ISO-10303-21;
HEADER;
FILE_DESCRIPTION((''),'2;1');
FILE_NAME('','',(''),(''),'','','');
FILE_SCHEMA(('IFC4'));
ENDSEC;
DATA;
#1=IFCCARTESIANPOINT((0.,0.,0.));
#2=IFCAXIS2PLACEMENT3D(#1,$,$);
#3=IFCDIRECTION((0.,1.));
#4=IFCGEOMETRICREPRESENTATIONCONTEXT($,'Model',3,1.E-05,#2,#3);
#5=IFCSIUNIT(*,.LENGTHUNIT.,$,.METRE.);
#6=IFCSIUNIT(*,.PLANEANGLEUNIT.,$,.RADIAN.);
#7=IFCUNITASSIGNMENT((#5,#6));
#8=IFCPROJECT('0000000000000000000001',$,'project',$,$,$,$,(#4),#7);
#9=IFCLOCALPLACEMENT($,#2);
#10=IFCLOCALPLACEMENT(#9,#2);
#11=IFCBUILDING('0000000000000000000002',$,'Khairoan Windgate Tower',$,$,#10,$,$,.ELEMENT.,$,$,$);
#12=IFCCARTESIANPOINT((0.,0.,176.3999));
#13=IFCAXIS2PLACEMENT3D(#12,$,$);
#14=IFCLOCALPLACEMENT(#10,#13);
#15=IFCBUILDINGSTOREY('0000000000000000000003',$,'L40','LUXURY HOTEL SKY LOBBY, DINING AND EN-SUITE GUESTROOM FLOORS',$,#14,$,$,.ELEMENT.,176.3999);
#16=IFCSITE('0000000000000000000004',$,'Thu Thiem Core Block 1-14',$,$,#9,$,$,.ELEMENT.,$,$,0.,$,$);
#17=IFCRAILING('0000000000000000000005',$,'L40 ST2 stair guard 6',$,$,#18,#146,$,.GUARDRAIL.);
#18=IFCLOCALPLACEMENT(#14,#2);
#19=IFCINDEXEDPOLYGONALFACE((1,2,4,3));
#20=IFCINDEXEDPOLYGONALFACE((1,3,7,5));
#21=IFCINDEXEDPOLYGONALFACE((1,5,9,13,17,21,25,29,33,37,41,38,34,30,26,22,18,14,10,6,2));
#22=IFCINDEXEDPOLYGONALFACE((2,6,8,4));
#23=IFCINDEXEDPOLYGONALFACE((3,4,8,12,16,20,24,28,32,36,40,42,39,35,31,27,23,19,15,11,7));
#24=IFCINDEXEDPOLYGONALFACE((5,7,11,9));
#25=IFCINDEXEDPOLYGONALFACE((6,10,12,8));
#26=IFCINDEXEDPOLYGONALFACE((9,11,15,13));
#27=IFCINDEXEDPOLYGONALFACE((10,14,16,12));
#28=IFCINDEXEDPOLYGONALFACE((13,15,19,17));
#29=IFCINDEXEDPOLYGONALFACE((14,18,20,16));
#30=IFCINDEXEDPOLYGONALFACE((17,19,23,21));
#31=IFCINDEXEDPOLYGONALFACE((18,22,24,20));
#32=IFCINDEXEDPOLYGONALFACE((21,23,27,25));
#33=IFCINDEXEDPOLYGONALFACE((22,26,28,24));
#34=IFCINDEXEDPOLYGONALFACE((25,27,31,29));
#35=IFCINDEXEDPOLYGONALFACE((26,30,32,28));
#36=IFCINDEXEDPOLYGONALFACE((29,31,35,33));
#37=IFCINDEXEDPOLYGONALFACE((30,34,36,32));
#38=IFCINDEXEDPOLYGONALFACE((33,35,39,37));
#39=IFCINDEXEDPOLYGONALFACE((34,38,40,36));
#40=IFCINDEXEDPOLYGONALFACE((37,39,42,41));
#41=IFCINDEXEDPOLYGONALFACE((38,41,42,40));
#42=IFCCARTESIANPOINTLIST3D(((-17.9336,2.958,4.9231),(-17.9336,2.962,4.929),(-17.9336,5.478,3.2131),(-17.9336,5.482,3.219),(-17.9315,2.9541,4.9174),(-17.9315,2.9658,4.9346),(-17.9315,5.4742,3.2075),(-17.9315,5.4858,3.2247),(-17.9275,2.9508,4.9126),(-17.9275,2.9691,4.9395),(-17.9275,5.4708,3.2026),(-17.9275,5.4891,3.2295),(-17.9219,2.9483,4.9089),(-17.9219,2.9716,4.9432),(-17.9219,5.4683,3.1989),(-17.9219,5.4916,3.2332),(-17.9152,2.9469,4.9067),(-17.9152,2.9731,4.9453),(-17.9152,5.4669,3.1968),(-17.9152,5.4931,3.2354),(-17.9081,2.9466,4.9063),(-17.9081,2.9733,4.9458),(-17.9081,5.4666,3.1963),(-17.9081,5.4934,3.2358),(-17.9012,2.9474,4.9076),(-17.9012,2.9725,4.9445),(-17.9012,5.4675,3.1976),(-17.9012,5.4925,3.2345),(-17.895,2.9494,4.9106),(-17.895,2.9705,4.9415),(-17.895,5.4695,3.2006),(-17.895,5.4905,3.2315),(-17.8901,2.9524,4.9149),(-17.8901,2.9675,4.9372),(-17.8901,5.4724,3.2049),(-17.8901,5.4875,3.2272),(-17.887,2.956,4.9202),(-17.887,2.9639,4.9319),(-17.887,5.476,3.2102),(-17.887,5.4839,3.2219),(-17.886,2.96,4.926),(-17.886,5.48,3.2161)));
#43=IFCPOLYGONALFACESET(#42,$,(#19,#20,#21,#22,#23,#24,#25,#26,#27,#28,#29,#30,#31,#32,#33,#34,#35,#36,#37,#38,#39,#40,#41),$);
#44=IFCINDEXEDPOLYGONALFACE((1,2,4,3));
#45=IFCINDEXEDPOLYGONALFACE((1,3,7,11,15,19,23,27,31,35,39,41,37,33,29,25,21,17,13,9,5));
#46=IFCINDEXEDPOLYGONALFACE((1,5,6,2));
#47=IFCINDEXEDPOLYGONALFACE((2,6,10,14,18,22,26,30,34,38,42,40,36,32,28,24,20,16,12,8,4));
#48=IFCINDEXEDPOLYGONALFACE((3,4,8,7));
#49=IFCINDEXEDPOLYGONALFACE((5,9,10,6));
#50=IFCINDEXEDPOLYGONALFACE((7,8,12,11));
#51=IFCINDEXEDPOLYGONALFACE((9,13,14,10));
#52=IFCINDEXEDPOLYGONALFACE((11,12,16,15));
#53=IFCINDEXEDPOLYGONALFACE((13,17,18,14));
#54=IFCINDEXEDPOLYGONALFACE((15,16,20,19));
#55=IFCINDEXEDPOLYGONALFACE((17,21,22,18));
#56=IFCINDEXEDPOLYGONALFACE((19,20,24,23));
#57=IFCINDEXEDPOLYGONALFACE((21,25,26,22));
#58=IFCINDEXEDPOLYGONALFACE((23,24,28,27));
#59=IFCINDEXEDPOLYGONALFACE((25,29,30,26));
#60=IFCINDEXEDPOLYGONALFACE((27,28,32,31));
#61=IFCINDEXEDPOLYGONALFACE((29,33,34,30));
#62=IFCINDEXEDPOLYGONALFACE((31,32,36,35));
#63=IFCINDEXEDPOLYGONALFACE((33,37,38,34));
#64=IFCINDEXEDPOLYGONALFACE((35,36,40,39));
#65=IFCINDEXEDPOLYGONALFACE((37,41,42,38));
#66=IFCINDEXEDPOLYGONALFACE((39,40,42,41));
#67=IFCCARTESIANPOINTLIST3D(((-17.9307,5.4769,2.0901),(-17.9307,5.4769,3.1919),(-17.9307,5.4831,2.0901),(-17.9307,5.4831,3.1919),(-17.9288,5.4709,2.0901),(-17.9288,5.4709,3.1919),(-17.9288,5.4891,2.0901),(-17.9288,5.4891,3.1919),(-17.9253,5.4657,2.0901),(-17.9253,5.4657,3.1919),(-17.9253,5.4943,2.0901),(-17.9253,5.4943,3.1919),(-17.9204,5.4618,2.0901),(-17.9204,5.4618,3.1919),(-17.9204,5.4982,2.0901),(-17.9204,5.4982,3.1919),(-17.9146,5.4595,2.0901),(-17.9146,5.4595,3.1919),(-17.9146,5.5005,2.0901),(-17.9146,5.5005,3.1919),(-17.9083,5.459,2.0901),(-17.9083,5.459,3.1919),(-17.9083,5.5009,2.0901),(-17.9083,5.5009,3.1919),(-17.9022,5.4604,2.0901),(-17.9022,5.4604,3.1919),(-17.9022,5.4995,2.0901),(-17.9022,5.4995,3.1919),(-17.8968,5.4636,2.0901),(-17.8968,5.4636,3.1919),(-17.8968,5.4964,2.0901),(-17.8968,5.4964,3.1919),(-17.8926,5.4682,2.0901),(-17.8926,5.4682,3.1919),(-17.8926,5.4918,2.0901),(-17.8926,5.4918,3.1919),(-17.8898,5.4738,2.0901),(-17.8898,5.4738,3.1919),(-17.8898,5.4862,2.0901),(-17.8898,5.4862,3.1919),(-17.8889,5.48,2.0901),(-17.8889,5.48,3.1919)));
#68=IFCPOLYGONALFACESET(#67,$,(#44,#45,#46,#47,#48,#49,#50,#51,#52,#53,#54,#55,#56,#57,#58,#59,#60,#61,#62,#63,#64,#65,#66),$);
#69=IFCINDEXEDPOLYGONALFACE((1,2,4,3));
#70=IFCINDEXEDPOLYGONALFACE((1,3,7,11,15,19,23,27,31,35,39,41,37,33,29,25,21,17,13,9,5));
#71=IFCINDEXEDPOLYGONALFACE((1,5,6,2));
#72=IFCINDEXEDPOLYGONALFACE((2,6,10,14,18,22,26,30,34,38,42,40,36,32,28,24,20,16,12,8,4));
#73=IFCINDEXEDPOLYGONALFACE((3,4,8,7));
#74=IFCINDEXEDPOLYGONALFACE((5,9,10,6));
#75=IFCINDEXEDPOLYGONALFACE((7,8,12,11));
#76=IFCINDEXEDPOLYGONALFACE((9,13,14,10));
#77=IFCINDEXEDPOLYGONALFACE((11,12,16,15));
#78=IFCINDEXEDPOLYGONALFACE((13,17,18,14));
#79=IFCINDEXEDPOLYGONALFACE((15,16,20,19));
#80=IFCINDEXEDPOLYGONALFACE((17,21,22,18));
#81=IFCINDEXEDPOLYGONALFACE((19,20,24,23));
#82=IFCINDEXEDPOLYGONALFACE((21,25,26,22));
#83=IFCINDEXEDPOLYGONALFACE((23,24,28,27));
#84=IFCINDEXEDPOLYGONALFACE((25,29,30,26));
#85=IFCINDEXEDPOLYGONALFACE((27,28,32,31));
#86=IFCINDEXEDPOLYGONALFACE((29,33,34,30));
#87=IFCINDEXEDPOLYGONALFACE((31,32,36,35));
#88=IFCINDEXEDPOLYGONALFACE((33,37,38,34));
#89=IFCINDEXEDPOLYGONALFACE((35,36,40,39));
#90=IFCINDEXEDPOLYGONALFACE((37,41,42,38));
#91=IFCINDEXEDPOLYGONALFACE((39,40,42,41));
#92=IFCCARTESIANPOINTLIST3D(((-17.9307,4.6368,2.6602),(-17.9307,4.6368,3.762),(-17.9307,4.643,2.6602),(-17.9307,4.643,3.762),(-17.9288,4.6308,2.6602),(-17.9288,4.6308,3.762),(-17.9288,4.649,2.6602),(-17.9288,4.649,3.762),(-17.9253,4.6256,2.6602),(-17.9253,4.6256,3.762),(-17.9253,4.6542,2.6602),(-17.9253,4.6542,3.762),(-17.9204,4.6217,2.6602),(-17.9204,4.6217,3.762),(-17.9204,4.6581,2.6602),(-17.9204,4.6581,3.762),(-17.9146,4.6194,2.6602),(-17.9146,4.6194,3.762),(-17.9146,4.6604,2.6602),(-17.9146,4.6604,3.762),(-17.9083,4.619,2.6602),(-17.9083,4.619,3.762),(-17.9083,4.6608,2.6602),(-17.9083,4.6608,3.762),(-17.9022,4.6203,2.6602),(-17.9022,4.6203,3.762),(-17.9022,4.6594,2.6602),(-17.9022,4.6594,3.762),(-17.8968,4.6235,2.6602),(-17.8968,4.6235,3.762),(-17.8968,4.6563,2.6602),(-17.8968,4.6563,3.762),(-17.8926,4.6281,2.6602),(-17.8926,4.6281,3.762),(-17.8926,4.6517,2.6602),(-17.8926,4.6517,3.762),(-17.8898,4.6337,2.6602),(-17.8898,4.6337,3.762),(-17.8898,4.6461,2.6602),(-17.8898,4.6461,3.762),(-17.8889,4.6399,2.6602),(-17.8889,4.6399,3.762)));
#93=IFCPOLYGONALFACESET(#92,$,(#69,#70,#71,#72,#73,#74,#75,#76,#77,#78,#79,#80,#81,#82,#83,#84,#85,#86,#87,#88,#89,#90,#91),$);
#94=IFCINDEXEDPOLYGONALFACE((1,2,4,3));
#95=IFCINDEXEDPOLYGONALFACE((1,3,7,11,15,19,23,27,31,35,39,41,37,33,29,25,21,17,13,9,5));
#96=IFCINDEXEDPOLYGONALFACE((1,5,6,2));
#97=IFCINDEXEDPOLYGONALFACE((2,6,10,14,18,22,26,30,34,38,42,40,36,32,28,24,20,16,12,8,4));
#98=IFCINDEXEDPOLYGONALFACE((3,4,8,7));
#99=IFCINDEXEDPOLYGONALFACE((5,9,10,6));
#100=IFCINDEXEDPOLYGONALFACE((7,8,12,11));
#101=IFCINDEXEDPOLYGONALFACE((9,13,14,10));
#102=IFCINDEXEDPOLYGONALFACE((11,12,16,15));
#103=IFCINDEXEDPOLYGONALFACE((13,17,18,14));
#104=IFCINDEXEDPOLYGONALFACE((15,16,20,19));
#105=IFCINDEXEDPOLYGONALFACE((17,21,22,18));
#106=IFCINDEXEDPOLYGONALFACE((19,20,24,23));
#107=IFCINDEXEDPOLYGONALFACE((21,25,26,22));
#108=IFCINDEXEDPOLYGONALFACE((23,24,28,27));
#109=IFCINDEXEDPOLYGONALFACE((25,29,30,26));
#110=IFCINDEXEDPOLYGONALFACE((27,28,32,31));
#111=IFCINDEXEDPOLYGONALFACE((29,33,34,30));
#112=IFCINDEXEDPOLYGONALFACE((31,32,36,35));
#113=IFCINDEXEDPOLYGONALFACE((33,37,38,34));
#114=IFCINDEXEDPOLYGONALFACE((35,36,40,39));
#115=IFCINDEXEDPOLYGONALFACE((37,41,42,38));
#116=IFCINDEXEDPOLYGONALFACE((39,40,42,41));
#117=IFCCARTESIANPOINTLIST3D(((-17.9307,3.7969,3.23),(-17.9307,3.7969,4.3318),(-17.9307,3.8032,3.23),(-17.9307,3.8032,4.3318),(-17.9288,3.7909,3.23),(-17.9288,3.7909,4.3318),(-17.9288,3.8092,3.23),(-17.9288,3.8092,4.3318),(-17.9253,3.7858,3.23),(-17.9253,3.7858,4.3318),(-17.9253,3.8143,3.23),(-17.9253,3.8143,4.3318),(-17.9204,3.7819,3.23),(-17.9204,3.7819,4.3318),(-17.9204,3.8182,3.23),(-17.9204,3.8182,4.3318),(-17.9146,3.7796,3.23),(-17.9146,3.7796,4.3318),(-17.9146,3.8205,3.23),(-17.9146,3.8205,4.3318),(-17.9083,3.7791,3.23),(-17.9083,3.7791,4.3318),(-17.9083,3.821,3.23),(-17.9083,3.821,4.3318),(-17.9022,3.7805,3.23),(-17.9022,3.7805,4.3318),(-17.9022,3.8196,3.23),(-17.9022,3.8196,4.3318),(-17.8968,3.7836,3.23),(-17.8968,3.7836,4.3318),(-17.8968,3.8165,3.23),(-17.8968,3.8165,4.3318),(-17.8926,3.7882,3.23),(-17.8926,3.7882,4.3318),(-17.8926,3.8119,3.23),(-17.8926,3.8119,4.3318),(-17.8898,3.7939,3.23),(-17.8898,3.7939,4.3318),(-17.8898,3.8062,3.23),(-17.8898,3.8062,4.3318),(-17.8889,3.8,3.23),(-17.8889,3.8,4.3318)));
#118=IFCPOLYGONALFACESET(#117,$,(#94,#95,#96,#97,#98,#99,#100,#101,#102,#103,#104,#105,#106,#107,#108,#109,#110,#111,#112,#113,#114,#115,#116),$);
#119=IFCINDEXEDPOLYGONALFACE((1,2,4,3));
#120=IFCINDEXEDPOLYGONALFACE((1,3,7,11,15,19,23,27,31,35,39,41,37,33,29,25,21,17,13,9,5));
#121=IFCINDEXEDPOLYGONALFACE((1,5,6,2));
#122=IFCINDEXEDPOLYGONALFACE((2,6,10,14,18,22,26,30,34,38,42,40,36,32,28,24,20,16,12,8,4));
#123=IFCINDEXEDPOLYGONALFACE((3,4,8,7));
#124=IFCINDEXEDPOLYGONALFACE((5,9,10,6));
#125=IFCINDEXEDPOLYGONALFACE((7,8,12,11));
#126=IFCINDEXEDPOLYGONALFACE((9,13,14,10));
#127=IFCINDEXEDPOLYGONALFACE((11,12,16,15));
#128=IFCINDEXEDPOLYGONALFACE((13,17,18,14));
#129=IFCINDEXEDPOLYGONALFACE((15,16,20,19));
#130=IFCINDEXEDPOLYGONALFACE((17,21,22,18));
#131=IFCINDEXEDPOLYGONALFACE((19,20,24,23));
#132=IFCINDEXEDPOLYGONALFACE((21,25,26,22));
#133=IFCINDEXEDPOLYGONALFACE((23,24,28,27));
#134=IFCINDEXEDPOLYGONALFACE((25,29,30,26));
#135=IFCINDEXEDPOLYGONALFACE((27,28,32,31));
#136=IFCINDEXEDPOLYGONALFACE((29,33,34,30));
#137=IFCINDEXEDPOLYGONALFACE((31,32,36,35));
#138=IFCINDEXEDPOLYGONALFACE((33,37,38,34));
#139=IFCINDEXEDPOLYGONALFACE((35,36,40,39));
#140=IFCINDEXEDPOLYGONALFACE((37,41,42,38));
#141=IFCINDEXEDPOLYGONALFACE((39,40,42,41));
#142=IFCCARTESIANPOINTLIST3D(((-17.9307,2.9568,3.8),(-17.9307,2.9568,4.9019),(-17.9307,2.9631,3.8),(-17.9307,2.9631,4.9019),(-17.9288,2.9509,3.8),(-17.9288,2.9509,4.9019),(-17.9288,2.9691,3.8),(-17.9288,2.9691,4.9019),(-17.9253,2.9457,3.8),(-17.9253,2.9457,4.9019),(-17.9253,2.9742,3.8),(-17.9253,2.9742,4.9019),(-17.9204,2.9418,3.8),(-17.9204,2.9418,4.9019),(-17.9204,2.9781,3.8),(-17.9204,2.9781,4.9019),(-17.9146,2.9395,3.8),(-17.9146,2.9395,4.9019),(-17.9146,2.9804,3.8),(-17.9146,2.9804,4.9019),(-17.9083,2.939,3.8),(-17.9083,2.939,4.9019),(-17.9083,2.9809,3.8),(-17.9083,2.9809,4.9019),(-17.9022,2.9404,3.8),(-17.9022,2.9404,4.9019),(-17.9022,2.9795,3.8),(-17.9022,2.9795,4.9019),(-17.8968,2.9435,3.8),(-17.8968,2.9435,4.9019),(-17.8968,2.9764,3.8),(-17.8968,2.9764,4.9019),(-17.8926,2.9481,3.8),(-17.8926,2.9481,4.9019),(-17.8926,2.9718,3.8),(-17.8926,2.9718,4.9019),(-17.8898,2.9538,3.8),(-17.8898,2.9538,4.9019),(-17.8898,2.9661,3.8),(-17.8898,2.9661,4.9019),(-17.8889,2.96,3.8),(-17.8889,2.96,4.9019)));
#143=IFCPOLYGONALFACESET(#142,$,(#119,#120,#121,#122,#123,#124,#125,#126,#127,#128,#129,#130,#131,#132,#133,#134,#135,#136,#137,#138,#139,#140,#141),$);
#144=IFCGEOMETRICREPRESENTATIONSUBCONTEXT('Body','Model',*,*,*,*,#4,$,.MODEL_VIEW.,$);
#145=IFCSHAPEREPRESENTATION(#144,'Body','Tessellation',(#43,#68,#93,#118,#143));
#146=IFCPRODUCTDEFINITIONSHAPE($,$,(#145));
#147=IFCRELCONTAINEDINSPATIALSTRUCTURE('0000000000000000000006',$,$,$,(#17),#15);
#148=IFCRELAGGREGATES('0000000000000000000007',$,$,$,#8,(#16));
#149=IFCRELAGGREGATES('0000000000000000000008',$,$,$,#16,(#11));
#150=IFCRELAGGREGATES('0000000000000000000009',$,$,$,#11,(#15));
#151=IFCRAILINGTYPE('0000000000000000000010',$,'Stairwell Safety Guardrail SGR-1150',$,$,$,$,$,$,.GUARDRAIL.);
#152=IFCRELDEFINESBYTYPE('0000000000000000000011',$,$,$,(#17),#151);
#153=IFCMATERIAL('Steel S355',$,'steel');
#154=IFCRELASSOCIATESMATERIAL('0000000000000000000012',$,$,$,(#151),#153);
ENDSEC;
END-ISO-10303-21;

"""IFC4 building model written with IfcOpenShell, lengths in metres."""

from ifc_helpers import new_model, si_unit, direction, frame, origin, origin_2d, place, context, subcontext, project, spatial, circle, extrude, material, type_object, element, save


model = new_model("IFC4")

# Units and contexts
model_context = context("Model", 3, precision=1e-05, world=origin(), true_north=direction((0.0, 1.0)))
body_context = subcontext(model_context, "Body", "Model", "MODEL_VIEW")
ifc_project = project(units=[si_unit("LENGTHUNIT", "METRE"), si_unit("PLANEANGLEUNIT", "RADIAN")], contexts=[model_context])

# Site, building, storey
site_placement = place(None, origin())
site = spatial("IfcSite", under=ifc_project, at=site_placement, Name="Thu Thiem Core Block 1-14", CompositionType="ELEMENT", RefElevation=0.0)
building_placement = place(site_placement, origin())
building = spatial("IfcBuilding", under=site, at=building_placement, Name="Khairoan Windgate Tower", CompositionType="ELEMENT")
storey_placement = place(building_placement, frame((0.0, 0.0, 176.3999)))
storey = spatial("IfcBuildingStorey", under=building, at=storey_placement, Name="L40", Description="LUXURY HOTEL SKY LOBBY, DINING AND EN-SUITE GUESTROOM FLOORS", CompositionType="ELEMENT", Elevation=176.3999)

# Railing
ifc_material_1 = material(Name="Steel S355", Category="steel")
railing_type_1 = type_object("IfcRailingType", Name="Stairwell Safety Guardrail SGR-1150", PredefinedType="GUARDRAIL", material=ifc_material_1)
railing_1_placement = place(storey_placement, frame((-17.9099, 5.48, 2.0901)))
element("IfcRailing", 1, at=railing_1_placement, inside=storey, type_object=railing_type_1, Name="L40 ST2 stair guard 6", PredefinedType="GUARDRAIL", context=body_context, shape_type="SweptSolid", body=[
    extrude(circle(Radius=0.0239, at=origin_2d()), frame((0.0, 0.0, 1.126), z_axis=(0.0, -0.827484, 0.56149), x_axis=(1.0, 0.0, 0.0)), (0.0, 0.0, 1.0), 3.0454),
    extrude(circle(Radius=0.021, at=origin_2d()), origin(), (0.0, 0.0, 1.0), 1.1018),
    extrude(circle(Radius=0.021, at=origin_2d()), frame((0.0, -0.8401, 0.5701)), (0.0, 0.0, 1.0), 1.1018),
    extrude(circle(Radius=0.021, at=origin_2d()), frame((0.0, -1.6799, 1.1399)), (0.0, 0.0, 1.0), 1.1018),
    extrude(circle(Radius=0.021, at=origin_2d()), frame((0.0, -2.52, 1.71)), (0.0, 0.0, 1.0), 1.1018),
])

save(model, "model.ifc")
